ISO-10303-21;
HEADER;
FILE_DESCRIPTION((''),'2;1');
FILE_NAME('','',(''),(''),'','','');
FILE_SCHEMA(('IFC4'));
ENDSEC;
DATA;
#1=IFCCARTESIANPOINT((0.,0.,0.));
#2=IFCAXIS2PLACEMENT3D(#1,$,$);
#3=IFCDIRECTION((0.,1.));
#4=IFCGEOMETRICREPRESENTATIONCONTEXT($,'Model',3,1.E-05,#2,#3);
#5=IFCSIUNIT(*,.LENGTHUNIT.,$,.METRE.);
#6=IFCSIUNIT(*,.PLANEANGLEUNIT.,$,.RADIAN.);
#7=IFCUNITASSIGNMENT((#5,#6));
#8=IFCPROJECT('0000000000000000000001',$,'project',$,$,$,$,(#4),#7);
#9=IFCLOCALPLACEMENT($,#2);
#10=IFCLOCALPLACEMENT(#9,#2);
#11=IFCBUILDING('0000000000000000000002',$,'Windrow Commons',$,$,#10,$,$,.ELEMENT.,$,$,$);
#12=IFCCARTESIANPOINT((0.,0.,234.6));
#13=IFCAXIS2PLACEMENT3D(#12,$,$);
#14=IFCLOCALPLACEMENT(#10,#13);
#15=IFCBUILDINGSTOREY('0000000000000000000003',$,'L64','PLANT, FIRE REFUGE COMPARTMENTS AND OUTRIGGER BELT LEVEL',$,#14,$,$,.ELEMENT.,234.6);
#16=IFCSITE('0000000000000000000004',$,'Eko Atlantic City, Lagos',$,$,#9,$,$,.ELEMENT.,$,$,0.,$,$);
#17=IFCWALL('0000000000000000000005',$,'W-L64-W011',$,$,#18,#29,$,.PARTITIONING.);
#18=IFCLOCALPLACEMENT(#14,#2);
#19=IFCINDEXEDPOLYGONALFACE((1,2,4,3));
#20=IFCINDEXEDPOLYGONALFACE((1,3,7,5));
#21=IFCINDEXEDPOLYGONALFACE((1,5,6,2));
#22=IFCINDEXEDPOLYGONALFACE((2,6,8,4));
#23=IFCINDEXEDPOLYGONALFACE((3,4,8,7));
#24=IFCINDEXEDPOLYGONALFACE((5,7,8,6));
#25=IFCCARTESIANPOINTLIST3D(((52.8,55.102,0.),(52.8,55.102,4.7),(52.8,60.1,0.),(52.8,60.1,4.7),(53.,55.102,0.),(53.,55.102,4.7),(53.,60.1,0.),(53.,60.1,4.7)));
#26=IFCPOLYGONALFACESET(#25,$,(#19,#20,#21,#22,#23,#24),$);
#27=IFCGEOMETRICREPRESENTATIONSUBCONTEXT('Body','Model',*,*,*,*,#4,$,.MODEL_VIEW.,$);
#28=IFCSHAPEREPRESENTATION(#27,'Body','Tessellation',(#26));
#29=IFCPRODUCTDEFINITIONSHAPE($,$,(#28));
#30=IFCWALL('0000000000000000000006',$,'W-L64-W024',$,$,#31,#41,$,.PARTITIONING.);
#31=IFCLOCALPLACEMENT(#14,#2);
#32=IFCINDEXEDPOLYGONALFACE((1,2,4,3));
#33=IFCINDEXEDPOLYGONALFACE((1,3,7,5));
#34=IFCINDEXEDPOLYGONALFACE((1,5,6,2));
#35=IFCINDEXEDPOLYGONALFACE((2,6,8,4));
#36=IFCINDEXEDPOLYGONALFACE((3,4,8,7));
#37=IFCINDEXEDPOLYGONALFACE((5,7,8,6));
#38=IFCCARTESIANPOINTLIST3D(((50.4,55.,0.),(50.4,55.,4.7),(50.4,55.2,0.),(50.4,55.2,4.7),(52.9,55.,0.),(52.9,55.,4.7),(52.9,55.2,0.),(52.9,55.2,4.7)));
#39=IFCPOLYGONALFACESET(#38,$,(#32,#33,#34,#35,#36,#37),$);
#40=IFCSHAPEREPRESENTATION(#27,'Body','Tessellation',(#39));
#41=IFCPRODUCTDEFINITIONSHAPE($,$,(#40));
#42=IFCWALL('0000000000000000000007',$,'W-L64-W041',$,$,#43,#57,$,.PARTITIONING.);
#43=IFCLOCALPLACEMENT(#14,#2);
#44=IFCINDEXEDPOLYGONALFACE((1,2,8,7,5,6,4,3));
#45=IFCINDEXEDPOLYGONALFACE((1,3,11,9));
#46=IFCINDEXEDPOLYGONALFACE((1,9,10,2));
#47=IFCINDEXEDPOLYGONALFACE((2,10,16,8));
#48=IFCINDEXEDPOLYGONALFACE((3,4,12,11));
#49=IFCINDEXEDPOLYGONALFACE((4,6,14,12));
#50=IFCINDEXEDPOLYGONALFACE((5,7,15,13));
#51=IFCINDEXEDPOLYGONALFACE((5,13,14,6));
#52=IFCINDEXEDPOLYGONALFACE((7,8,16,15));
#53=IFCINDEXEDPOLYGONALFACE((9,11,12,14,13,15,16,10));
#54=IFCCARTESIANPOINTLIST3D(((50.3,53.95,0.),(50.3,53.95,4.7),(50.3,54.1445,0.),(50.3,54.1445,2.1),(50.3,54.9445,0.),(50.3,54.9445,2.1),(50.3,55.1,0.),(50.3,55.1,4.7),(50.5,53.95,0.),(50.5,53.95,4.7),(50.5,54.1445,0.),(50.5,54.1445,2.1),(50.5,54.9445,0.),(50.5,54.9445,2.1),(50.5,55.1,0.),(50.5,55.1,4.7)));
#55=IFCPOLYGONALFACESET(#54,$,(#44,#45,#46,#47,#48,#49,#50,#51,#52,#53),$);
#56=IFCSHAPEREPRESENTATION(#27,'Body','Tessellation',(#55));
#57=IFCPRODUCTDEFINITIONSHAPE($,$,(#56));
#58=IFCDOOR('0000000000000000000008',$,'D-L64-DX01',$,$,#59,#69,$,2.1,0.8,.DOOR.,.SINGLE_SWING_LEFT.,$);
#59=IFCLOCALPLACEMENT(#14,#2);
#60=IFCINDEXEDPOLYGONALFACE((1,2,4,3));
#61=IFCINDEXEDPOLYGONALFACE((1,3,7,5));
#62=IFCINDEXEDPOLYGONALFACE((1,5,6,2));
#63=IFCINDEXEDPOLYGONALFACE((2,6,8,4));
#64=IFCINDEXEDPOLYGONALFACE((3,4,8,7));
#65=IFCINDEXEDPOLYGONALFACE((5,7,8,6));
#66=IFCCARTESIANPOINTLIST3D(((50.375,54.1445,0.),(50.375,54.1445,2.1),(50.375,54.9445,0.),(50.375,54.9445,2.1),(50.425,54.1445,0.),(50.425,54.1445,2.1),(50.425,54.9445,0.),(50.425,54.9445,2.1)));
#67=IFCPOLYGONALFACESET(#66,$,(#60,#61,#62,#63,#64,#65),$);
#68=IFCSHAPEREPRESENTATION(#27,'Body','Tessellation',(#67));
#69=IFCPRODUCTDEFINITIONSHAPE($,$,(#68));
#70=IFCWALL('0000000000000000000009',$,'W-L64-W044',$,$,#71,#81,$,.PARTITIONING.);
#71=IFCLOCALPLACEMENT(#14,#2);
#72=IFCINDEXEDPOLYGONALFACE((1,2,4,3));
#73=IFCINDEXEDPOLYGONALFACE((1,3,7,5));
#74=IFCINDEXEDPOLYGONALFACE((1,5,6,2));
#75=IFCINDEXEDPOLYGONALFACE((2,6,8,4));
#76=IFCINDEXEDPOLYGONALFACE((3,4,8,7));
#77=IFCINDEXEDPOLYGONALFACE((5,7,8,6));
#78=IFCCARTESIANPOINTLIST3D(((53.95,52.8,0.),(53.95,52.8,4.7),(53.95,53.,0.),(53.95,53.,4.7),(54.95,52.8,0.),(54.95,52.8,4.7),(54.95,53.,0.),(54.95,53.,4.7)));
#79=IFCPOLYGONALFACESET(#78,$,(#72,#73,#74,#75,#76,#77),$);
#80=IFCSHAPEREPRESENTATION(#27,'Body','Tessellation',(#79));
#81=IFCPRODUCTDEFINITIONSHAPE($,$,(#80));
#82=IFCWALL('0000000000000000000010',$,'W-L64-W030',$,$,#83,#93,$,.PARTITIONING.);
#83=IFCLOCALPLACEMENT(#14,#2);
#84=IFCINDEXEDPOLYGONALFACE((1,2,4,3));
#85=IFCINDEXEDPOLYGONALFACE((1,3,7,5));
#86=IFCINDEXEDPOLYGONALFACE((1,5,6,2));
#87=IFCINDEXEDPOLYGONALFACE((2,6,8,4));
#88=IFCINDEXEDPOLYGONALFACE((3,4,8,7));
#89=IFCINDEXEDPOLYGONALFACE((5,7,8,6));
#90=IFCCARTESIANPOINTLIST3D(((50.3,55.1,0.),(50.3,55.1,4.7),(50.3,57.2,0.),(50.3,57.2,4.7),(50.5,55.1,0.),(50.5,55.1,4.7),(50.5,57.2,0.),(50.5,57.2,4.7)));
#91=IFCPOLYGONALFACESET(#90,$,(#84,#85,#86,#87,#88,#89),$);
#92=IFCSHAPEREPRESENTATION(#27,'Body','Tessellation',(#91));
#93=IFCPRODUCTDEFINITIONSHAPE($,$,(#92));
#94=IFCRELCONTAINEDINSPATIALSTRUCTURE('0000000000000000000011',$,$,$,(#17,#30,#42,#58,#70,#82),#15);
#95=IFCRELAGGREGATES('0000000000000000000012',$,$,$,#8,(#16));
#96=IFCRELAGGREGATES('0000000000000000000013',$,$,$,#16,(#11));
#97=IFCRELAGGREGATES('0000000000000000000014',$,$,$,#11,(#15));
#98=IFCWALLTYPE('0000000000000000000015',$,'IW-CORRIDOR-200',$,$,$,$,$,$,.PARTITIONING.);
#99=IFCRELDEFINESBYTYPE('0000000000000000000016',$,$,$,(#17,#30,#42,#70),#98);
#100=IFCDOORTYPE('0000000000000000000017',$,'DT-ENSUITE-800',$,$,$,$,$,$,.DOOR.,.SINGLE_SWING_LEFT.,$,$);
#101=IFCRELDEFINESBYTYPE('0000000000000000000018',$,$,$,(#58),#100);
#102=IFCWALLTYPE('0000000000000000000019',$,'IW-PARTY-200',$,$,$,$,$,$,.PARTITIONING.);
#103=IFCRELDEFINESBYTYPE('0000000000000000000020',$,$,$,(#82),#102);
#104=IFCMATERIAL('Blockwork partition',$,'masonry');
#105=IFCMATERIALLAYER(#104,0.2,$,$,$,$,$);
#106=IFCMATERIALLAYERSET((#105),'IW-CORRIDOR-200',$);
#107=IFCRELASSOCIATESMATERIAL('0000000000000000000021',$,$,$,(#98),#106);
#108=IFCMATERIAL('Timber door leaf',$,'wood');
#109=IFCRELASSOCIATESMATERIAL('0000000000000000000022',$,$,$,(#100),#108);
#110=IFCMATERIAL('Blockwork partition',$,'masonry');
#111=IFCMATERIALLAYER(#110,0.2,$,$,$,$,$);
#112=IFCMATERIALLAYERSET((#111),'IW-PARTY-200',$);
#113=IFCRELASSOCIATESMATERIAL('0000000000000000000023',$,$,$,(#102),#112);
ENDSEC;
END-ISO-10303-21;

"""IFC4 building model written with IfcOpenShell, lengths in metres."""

from ifc_helpers import new_model, si_unit, direction, frame, frame_2d, origin, place, context, subcontext, project, spatial, rectangle, extrude, material, layer, layer_set, type_object, element, fill, save


model = new_model("IFC4")

# Units and contexts
model_context = context("Model", 3, precision=1e-05, world=origin(), true_north=direction((0.0, 1.0)))
body_context = subcontext(model_context, "Body", "Model", "MODEL_VIEW")
ifc_project = project(units=[si_unit("LENGTHUNIT", "METRE"), si_unit("PLANEANGLEUNIT", "RADIAN")], contexts=[model_context])

# Site, building, storey
site_placement = place(None, origin())
site = spatial("IfcSite", under=ifc_project, at=site_placement, Name="Eko Atlantic City, Lagos", CompositionType="ELEMENT", RefElevation=0.0)
building_placement = place(site_placement, origin())
building = spatial("IfcBuilding", under=site, at=building_placement, Name="Windrow Commons", CompositionType="ELEMENT")
storey_placement = place(building_placement, frame((0.0, 0.0, 234.6)))
storey = spatial("IfcBuildingStorey", under=building, at=storey_placement, Name="L64", Description="PLANT, FIRE REFUGE COMPARTMENTS AND OUTRIGGER BELT LEVEL", CompositionType="ELEMENT", Elevation=234.6)

# Walls
ifc_material_1 = material(Name="Blockwork partition", Category="masonry")
ifc_layer_1 = layer(ifc_material_1, 0.2)
ifc_layer_set_1 = layer_set([ifc_layer_1], Name="IW-CORRIDOR-200")
wall_type_1 = type_object("IfcWallType", Name="IW-CORRIDOR-200", PredefinedType="PARTITIONING", material=ifc_layer_set_1)
wall_1_placement = place(storey_placement, frame((52.9, 55.102, 0.0), z_axis=(0.0, 0.0, 1.0), x_axis=(0.0, 1.0, 0.0)))
element("IfcWall", 1, at=wall_1_placement, inside=storey, type_object=wall_type_1, Name="W-L64-W011", PredefinedType="PARTITIONING", context=body_context, shape_type="SweptSolid", body=[
    extrude(rectangle(XDim=4.998, YDim=0.2, at=frame_2d((2.499, 0.0))), origin(), (0.0, 0.0, 1.0), 4.7),
])
wall_2_placement = place(storey_placement, frame((50.4, 55.1, 0.0), z_axis=(0.0, 0.0, 1.0), x_axis=(1.0, 0.0, 0.0)))
element("IfcWall", 2, at=wall_2_placement, inside=storey, type_object=wall_type_1, Name="W-L64-W024", PredefinedType="PARTITIONING", context=body_context, shape_type="SweptSolid", body=[
    extrude(rectangle(XDim=2.5, YDim=0.2, at=frame_2d((1.25, 0.0))), origin(), (0.0, 0.0, 1.0), 4.7),
])

# Wall, opening, door
wall_3_placement = place(storey_placement, frame((50.4, 53.95, 0.0), z_axis=(0.0, 0.0, 1.0), x_axis=(0.0, 1.0, 0.0)))
wall_3 = element("IfcWall", 3, at=wall_3_placement, inside=storey, type_object=wall_type_1, Name="W-L64-W041", PredefinedType="PARTITIONING", context=body_context, shape_type="SweptSolid", body=[
    extrude(rectangle(XDim=1.15, YDim=0.2, at=frame_2d((0.575, 0.0))), origin(), (0.0, 0.0, 1.0), 4.7),
])
opening_1_placement = place(wall_3_placement, frame((0.1945, 0.0, 0.0)))
opening_1 = element("IfcOpeningElement", 4, at=opening_1_placement, cuts=wall_3, PredefinedType="OPENING", context=body_context, shape_type="SweptSolid", body=[
    extrude(rectangle(XDim=0.8, YDim=2.1, at=frame_2d((0.4, 1.05))), frame((0.0, 0.11, 0.0), z_axis=(0.0, -1.0, 0.0), x_axis=(1.0, 0.0, 0.0)), (0.0, 0.0, 1.0), 0.22),
])
ifc_material_2 = material(Name="Timber door leaf", Category="wood")
door_type = type_object("IfcDoorType", Name="DT-ENSUITE-800", OperationType="SINGLE_SWING_LEFT", PredefinedType="DOOR", material=ifc_material_2)
door_placement = place(opening_1_placement, origin())
door = element("IfcDoor", 5, at=door_placement, inside=storey, type_object=door_type, Name="D-L64-DX01", OperationType="SINGLE_SWING_LEFT", OverallHeight=2.1, OverallWidth=0.8, PredefinedType="DOOR", context=body_context, shape_type="SweptSolid", body=[
    extrude(rectangle(XDim=0.8, YDim=2.1, at=frame_2d((0.4, 1.05))), frame((0.0, 0.025, 0.0), z_axis=(0.0, -1.0, 0.0), x_axis=(1.0, 0.0, 0.0)), (0.0, 0.0, 1.0), 0.05),
])
fill(opening_1, door)

# Walls
wall_4_placement = place(storey_placement, frame((53.95, 52.9, 0.0), z_axis=(0.0, 0.0, 1.0), x_axis=(1.0, 0.0, 0.0)))
element("IfcWall", 6, at=wall_4_placement, inside=storey, type_object=wall_type_1, Name="W-L64-W044", PredefinedType="PARTITIONING", context=body_context, shape_type="SweptSolid", body=[
    extrude(rectangle(XDim=1.0, YDim=0.2, at=frame_2d((0.5, 0.0))), origin(), (0.0, 0.0, 1.0), 4.7),
])
ifc_material_3 = material(Name="Blockwork partition", Category="masonry")
ifc_layer_2 = layer(ifc_material_3, 0.2)
ifc_layer_set_2 = layer_set([ifc_layer_2], Name="IW-PARTY-200")
wall_type_2 = type_object("IfcWallType", Name="IW-PARTY-200", PredefinedType="PARTITIONING", material=ifc_layer_set_2)
wall_5_placement = place(storey_placement, frame((50.4, 55.1, 0.0), z_axis=(0.0, 0.0, 1.0), x_axis=(0.0, 1.0, 0.0)))
element("IfcWall", 7, at=wall_5_placement, inside=storey, type_object=wall_type_2, Name="W-L64-W030", PredefinedType="PARTITIONING", context=body_context, shape_type="SweptSolid", body=[
    extrude(rectangle(XDim=2.1, YDim=0.2, at=frame_2d((1.05, 0.0))), origin(), (0.0, 0.0, 1.0), 4.7),
])

save(model, "model.ifc")
